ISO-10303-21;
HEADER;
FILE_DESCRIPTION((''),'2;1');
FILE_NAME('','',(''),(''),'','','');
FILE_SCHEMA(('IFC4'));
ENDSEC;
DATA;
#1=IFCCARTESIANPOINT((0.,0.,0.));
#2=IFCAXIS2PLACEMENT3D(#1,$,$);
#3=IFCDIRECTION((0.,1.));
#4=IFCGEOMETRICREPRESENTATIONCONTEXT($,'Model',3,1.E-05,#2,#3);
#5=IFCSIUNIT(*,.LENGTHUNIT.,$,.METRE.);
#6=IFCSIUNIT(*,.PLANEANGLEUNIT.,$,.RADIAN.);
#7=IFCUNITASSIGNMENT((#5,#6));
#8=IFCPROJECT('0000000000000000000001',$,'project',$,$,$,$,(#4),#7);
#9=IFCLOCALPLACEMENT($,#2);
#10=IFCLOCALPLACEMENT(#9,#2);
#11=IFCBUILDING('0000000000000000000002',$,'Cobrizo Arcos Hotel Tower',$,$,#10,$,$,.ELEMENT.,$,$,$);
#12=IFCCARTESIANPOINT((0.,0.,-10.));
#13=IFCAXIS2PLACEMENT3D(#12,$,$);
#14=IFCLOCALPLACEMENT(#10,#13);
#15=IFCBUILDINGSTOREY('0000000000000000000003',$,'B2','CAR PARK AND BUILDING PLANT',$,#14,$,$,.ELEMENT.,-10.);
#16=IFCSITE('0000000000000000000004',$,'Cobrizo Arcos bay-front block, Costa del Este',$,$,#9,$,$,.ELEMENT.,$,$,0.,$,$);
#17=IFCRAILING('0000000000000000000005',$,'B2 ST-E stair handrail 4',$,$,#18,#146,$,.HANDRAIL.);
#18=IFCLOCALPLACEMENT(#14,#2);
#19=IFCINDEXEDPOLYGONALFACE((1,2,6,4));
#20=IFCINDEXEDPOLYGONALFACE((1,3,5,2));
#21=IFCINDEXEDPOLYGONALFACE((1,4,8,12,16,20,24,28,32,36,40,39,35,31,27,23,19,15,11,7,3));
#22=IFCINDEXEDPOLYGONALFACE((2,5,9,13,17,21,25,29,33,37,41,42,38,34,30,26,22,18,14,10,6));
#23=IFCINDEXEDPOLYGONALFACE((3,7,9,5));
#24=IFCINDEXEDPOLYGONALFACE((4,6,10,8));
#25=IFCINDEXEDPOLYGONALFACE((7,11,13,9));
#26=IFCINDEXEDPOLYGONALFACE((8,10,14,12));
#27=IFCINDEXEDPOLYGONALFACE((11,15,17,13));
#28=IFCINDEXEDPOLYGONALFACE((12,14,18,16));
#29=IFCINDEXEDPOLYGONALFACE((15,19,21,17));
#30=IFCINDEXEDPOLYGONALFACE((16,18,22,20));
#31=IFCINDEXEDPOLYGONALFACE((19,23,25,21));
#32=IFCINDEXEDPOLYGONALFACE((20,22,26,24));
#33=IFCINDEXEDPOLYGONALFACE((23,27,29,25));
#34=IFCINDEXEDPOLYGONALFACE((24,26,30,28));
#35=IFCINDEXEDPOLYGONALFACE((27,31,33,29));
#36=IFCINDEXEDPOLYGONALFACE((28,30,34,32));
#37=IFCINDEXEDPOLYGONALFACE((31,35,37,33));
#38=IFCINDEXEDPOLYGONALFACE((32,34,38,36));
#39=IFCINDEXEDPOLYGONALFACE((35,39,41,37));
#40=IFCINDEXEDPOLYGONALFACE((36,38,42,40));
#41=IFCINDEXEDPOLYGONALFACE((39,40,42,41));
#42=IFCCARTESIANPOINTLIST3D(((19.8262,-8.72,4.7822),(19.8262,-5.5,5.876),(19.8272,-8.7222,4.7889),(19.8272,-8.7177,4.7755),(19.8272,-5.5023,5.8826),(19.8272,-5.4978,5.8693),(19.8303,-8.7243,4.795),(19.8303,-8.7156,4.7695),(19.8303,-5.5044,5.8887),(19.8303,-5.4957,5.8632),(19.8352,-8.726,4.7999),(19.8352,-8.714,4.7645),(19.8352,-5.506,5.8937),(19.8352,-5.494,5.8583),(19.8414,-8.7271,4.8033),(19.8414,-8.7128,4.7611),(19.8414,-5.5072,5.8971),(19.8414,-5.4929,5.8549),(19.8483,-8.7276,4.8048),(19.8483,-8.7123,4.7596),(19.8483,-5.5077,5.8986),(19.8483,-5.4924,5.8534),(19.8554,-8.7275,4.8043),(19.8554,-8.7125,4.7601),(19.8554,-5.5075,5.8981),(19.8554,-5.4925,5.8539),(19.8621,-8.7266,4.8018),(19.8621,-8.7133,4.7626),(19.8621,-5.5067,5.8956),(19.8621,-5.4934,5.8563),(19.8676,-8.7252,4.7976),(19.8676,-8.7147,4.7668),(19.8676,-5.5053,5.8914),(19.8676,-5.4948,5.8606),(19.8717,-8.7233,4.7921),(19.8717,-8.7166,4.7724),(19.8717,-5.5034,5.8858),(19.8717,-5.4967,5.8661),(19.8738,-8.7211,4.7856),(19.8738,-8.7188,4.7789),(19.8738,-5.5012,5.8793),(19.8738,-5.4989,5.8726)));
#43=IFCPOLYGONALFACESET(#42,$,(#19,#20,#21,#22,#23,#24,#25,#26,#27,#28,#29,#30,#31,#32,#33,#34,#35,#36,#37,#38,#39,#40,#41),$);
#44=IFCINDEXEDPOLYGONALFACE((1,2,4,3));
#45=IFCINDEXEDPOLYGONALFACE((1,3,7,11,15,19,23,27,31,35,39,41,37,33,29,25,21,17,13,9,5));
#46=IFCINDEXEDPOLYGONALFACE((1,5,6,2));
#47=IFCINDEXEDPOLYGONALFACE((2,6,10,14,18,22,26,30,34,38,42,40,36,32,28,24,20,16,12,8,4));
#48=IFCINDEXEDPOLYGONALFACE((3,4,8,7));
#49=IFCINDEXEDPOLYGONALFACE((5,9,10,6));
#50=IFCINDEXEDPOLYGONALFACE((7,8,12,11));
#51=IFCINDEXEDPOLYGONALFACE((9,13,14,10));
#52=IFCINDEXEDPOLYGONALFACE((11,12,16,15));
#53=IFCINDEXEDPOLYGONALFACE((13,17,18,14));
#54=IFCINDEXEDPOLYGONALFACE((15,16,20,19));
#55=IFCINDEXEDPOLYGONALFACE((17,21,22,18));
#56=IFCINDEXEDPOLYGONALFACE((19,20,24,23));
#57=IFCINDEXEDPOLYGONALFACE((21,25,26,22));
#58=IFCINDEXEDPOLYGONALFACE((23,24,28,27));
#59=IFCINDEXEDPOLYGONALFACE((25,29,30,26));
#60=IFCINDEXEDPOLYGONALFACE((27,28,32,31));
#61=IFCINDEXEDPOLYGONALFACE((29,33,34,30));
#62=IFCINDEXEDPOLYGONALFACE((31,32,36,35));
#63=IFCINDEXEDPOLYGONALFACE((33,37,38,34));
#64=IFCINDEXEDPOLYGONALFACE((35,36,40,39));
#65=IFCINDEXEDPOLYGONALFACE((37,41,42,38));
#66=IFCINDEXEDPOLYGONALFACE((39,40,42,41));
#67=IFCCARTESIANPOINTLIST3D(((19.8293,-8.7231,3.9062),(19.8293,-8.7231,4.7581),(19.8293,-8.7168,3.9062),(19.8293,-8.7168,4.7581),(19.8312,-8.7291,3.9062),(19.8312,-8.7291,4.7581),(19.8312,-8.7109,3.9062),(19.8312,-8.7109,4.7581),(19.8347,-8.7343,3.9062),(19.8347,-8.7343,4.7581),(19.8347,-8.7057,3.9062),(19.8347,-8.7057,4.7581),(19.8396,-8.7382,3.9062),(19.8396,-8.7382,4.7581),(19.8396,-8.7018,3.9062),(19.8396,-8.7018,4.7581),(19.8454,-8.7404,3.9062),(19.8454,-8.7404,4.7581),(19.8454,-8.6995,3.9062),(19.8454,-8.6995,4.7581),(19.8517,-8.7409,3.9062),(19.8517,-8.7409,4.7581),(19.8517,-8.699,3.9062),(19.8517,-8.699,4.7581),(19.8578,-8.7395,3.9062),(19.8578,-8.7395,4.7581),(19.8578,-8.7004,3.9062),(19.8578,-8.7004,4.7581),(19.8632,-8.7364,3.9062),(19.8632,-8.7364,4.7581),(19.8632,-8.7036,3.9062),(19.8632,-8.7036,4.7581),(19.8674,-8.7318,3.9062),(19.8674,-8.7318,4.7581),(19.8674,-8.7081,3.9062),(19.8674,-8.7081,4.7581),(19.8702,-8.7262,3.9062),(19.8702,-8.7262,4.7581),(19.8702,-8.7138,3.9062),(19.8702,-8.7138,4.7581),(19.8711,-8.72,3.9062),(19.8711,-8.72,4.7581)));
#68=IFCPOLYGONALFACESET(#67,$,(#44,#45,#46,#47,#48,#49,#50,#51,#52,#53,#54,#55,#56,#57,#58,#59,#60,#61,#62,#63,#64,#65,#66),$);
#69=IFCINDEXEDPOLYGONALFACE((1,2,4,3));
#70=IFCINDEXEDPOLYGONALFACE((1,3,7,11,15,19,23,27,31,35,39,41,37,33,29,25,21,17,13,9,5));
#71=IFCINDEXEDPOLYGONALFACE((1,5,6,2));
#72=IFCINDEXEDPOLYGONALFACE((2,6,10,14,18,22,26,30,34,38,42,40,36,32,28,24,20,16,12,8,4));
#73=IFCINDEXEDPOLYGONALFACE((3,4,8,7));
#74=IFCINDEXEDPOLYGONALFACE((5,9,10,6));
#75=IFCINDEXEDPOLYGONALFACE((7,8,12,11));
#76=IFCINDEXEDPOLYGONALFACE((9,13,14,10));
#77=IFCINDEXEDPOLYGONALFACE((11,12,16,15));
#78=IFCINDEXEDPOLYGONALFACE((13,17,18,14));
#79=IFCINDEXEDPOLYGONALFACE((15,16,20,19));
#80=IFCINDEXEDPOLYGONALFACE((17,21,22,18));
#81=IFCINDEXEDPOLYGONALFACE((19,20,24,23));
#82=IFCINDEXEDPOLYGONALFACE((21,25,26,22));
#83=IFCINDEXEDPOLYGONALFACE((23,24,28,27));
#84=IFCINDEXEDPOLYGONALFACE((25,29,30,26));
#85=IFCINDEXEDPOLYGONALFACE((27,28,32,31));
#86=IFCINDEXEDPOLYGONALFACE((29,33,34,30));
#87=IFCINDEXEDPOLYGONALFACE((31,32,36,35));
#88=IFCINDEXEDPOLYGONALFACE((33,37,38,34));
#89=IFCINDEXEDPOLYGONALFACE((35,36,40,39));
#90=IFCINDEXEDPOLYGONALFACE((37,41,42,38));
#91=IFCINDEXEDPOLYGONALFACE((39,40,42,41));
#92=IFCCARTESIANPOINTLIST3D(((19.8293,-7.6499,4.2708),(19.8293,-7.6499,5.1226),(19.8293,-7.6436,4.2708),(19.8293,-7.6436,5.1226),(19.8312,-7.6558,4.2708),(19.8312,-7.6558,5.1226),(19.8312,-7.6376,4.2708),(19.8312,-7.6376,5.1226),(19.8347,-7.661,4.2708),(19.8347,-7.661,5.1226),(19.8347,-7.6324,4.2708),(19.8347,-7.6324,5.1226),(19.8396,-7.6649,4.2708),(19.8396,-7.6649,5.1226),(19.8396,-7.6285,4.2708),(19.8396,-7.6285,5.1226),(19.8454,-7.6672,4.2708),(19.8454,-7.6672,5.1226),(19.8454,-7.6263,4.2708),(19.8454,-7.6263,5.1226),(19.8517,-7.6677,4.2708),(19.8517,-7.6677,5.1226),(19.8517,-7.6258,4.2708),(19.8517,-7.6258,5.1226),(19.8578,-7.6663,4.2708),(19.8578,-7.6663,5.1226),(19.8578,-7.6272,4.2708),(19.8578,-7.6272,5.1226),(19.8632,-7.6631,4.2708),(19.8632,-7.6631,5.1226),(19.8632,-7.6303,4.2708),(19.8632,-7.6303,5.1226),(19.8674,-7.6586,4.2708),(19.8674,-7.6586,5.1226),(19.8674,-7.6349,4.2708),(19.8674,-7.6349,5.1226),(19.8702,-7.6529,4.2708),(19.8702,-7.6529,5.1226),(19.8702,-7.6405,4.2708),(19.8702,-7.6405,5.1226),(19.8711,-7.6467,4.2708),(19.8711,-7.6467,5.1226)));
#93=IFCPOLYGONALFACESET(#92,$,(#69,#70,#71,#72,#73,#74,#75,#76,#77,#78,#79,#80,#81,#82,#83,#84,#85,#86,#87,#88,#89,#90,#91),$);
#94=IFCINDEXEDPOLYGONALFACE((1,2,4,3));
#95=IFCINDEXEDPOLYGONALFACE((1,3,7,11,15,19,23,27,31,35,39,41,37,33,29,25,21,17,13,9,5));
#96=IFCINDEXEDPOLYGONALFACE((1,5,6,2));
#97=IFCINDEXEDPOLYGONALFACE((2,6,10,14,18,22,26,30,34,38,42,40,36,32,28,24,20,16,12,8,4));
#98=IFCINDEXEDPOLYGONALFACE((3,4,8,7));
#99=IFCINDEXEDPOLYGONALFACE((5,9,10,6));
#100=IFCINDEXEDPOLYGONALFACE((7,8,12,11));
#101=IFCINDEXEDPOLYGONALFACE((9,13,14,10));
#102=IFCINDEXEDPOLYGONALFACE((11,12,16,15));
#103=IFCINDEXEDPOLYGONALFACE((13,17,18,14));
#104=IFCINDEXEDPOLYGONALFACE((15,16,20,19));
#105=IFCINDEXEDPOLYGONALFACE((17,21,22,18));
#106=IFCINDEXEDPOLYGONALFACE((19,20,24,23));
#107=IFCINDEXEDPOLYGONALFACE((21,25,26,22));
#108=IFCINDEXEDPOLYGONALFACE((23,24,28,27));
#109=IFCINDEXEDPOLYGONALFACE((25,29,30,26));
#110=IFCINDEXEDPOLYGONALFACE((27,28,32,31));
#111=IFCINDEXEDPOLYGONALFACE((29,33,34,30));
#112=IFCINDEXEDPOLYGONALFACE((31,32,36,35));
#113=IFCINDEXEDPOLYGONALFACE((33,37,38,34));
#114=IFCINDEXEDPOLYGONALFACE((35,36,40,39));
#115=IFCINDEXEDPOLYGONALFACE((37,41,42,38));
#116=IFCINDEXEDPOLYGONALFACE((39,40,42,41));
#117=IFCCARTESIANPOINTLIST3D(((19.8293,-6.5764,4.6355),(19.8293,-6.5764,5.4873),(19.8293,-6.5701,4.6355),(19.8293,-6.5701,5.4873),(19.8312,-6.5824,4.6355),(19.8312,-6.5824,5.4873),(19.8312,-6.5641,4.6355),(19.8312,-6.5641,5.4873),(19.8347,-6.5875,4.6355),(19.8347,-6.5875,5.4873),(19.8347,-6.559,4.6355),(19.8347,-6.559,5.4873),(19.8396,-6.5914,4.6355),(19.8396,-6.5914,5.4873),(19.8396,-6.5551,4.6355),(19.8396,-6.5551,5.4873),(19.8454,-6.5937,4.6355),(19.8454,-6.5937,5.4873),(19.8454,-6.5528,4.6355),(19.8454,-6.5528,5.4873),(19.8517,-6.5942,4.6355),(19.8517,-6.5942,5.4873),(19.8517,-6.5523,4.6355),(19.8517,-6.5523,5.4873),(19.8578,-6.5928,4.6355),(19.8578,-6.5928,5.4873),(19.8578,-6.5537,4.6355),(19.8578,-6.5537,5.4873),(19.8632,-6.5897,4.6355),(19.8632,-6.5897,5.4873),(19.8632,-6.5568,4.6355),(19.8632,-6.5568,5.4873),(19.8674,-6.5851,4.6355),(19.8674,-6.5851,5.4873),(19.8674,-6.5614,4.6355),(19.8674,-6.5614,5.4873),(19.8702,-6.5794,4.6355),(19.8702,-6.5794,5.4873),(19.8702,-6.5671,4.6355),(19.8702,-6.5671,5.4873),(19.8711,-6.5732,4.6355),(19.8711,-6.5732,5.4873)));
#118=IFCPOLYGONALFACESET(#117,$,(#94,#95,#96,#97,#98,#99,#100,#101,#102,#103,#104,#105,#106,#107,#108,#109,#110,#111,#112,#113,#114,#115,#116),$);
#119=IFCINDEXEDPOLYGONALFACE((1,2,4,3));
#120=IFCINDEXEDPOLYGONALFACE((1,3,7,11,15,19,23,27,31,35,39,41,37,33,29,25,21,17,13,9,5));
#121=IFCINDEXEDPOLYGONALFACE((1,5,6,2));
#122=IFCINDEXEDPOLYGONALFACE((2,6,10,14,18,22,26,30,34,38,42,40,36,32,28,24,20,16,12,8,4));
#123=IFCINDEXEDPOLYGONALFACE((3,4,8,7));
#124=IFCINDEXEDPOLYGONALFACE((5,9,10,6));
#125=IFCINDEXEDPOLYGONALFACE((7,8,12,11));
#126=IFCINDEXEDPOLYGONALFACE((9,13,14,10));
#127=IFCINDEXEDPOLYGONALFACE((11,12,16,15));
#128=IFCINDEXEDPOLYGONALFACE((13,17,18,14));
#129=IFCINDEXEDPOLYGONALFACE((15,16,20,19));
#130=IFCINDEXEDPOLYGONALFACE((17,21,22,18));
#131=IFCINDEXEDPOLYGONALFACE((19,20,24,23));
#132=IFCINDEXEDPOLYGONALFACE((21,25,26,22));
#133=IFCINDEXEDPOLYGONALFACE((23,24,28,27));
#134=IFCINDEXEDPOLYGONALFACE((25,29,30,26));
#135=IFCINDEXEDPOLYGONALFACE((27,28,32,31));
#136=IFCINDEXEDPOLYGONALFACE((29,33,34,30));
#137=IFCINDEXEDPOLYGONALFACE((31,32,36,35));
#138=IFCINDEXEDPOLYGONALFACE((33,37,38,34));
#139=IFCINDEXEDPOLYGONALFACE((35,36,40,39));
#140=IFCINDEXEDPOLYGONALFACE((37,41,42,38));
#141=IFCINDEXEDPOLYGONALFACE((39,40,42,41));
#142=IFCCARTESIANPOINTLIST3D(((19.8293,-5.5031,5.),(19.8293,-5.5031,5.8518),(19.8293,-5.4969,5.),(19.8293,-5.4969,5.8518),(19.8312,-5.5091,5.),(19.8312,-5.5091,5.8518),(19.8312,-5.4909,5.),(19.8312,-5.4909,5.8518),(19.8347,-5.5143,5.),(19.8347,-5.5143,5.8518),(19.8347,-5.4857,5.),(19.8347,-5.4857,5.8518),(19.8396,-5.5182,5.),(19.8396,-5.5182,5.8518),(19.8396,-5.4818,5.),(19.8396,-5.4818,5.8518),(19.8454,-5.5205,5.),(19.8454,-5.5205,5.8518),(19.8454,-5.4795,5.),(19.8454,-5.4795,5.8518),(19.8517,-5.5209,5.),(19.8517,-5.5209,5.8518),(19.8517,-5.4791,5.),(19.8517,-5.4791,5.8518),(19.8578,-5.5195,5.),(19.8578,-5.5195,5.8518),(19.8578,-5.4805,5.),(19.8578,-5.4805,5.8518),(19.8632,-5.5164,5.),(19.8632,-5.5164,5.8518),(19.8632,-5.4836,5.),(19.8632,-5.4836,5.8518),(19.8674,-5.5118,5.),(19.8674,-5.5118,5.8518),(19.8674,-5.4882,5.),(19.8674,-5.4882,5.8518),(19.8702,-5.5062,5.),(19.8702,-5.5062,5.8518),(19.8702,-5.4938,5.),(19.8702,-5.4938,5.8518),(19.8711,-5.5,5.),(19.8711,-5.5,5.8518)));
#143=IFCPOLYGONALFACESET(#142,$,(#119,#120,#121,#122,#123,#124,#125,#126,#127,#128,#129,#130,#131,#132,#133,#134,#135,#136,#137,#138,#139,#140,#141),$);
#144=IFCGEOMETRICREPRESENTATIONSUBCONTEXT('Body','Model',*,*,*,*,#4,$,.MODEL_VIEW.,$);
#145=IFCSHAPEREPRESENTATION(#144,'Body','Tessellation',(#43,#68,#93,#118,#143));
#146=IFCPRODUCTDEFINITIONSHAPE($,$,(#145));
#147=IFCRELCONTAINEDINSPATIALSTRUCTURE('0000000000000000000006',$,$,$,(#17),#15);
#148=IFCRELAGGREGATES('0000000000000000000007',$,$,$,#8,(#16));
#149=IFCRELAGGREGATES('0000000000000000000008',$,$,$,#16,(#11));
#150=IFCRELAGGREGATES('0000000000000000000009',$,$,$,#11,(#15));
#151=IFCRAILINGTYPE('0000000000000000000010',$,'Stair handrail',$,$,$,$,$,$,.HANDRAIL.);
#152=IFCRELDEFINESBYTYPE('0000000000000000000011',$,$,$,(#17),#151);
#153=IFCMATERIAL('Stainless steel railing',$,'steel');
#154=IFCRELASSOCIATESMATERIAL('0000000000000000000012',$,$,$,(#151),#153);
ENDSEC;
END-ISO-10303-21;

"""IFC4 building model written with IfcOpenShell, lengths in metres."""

from ifc_helpers import new_model, si_unit, direction, frame, origin, origin_2d, place, context, subcontext, project, spatial, circle, extrude, material, type_object, element, save


model = new_model("IFC4")

# Units and contexts
model_context = context("Model", 3, precision=1e-05, world=origin(), true_north=direction((0.0, 1.0)))
body_context = subcontext(model_context, "Body", "Model", "MODEL_VIEW")
ifc_project = project(units=[si_unit("LENGTHUNIT", "METRE"), si_unit("PLANEANGLEUNIT", "RADIAN")], contexts=[model_context])

# Site, building, storey
site_placement = place(None, origin())
site = spatial("IfcSite", under=ifc_project, at=site_placement, Name="Cobrizo Arcos bay-front block, Costa del Este", CompositionType="ELEMENT", RefElevation=0.0)
building_placement = place(site_placement, origin())
building = spatial("IfcBuilding", under=site, at=building_placement, Name="Cobrizo Arcos Hotel Tower", CompositionType="ELEMENT")
storey_placement = place(building_placement, frame((0.0, 0.0, -10.0)))
storey = spatial("IfcBuildingStorey", under=building, at=storey_placement, Name="B2", Description="CAR PARK AND BUILDING PLANT", CompositionType="ELEMENT", Elevation=-10.0)

# Railing
ifc_material_1 = material(Name="Stainless steel railing", Category="steel")
railing_type_1 = type_object("IfcRailingType", Name="Stair handrail", PredefinedType="HANDRAIL", material=ifc_material_1)
railing_1_placement = place(storey_placement, frame((19.8501, -8.72, 3.9062)))
element("IfcRailing", 1, at=railing_1_placement, inside=storey, type_object=railing_type_1, Name="B2 ST-E stair handrail 4", PredefinedType="HANDRAIL", context=body_context, shape_type="SweptSolid", body=[
    extrude(circle(Radius=0.0239, at=origin_2d()), frame((0.0, 0.0, 0.876), z_axis=(0.0, 0.946866, 0.321629), x_axis=(-1.0, 0.0, 0.0)), (0.0, 0.0, 1.0), 3.4006),
    extrude(circle(Radius=0.021, at=origin_2d()), origin(), (0.0, 0.0, 1.0), 0.8518),
    extrude(circle(Radius=0.021, at=origin_2d()), frame((0.0, 1.0732, 0.3645)), (0.0, 0.0, 1.0), 0.8518),
    extrude(circle(Radius=0.021, at=origin_2d()), frame((0.0, 2.1467, 0.7292)), (0.0, 0.0, 1.0), 0.8518),
    extrude(circle(Radius=0.021, at=origin_2d()), frame((0.0, 3.22, 1.0938)), (0.0, 0.0, 1.0), 0.8518),
])

save(model, "model.ifc")
